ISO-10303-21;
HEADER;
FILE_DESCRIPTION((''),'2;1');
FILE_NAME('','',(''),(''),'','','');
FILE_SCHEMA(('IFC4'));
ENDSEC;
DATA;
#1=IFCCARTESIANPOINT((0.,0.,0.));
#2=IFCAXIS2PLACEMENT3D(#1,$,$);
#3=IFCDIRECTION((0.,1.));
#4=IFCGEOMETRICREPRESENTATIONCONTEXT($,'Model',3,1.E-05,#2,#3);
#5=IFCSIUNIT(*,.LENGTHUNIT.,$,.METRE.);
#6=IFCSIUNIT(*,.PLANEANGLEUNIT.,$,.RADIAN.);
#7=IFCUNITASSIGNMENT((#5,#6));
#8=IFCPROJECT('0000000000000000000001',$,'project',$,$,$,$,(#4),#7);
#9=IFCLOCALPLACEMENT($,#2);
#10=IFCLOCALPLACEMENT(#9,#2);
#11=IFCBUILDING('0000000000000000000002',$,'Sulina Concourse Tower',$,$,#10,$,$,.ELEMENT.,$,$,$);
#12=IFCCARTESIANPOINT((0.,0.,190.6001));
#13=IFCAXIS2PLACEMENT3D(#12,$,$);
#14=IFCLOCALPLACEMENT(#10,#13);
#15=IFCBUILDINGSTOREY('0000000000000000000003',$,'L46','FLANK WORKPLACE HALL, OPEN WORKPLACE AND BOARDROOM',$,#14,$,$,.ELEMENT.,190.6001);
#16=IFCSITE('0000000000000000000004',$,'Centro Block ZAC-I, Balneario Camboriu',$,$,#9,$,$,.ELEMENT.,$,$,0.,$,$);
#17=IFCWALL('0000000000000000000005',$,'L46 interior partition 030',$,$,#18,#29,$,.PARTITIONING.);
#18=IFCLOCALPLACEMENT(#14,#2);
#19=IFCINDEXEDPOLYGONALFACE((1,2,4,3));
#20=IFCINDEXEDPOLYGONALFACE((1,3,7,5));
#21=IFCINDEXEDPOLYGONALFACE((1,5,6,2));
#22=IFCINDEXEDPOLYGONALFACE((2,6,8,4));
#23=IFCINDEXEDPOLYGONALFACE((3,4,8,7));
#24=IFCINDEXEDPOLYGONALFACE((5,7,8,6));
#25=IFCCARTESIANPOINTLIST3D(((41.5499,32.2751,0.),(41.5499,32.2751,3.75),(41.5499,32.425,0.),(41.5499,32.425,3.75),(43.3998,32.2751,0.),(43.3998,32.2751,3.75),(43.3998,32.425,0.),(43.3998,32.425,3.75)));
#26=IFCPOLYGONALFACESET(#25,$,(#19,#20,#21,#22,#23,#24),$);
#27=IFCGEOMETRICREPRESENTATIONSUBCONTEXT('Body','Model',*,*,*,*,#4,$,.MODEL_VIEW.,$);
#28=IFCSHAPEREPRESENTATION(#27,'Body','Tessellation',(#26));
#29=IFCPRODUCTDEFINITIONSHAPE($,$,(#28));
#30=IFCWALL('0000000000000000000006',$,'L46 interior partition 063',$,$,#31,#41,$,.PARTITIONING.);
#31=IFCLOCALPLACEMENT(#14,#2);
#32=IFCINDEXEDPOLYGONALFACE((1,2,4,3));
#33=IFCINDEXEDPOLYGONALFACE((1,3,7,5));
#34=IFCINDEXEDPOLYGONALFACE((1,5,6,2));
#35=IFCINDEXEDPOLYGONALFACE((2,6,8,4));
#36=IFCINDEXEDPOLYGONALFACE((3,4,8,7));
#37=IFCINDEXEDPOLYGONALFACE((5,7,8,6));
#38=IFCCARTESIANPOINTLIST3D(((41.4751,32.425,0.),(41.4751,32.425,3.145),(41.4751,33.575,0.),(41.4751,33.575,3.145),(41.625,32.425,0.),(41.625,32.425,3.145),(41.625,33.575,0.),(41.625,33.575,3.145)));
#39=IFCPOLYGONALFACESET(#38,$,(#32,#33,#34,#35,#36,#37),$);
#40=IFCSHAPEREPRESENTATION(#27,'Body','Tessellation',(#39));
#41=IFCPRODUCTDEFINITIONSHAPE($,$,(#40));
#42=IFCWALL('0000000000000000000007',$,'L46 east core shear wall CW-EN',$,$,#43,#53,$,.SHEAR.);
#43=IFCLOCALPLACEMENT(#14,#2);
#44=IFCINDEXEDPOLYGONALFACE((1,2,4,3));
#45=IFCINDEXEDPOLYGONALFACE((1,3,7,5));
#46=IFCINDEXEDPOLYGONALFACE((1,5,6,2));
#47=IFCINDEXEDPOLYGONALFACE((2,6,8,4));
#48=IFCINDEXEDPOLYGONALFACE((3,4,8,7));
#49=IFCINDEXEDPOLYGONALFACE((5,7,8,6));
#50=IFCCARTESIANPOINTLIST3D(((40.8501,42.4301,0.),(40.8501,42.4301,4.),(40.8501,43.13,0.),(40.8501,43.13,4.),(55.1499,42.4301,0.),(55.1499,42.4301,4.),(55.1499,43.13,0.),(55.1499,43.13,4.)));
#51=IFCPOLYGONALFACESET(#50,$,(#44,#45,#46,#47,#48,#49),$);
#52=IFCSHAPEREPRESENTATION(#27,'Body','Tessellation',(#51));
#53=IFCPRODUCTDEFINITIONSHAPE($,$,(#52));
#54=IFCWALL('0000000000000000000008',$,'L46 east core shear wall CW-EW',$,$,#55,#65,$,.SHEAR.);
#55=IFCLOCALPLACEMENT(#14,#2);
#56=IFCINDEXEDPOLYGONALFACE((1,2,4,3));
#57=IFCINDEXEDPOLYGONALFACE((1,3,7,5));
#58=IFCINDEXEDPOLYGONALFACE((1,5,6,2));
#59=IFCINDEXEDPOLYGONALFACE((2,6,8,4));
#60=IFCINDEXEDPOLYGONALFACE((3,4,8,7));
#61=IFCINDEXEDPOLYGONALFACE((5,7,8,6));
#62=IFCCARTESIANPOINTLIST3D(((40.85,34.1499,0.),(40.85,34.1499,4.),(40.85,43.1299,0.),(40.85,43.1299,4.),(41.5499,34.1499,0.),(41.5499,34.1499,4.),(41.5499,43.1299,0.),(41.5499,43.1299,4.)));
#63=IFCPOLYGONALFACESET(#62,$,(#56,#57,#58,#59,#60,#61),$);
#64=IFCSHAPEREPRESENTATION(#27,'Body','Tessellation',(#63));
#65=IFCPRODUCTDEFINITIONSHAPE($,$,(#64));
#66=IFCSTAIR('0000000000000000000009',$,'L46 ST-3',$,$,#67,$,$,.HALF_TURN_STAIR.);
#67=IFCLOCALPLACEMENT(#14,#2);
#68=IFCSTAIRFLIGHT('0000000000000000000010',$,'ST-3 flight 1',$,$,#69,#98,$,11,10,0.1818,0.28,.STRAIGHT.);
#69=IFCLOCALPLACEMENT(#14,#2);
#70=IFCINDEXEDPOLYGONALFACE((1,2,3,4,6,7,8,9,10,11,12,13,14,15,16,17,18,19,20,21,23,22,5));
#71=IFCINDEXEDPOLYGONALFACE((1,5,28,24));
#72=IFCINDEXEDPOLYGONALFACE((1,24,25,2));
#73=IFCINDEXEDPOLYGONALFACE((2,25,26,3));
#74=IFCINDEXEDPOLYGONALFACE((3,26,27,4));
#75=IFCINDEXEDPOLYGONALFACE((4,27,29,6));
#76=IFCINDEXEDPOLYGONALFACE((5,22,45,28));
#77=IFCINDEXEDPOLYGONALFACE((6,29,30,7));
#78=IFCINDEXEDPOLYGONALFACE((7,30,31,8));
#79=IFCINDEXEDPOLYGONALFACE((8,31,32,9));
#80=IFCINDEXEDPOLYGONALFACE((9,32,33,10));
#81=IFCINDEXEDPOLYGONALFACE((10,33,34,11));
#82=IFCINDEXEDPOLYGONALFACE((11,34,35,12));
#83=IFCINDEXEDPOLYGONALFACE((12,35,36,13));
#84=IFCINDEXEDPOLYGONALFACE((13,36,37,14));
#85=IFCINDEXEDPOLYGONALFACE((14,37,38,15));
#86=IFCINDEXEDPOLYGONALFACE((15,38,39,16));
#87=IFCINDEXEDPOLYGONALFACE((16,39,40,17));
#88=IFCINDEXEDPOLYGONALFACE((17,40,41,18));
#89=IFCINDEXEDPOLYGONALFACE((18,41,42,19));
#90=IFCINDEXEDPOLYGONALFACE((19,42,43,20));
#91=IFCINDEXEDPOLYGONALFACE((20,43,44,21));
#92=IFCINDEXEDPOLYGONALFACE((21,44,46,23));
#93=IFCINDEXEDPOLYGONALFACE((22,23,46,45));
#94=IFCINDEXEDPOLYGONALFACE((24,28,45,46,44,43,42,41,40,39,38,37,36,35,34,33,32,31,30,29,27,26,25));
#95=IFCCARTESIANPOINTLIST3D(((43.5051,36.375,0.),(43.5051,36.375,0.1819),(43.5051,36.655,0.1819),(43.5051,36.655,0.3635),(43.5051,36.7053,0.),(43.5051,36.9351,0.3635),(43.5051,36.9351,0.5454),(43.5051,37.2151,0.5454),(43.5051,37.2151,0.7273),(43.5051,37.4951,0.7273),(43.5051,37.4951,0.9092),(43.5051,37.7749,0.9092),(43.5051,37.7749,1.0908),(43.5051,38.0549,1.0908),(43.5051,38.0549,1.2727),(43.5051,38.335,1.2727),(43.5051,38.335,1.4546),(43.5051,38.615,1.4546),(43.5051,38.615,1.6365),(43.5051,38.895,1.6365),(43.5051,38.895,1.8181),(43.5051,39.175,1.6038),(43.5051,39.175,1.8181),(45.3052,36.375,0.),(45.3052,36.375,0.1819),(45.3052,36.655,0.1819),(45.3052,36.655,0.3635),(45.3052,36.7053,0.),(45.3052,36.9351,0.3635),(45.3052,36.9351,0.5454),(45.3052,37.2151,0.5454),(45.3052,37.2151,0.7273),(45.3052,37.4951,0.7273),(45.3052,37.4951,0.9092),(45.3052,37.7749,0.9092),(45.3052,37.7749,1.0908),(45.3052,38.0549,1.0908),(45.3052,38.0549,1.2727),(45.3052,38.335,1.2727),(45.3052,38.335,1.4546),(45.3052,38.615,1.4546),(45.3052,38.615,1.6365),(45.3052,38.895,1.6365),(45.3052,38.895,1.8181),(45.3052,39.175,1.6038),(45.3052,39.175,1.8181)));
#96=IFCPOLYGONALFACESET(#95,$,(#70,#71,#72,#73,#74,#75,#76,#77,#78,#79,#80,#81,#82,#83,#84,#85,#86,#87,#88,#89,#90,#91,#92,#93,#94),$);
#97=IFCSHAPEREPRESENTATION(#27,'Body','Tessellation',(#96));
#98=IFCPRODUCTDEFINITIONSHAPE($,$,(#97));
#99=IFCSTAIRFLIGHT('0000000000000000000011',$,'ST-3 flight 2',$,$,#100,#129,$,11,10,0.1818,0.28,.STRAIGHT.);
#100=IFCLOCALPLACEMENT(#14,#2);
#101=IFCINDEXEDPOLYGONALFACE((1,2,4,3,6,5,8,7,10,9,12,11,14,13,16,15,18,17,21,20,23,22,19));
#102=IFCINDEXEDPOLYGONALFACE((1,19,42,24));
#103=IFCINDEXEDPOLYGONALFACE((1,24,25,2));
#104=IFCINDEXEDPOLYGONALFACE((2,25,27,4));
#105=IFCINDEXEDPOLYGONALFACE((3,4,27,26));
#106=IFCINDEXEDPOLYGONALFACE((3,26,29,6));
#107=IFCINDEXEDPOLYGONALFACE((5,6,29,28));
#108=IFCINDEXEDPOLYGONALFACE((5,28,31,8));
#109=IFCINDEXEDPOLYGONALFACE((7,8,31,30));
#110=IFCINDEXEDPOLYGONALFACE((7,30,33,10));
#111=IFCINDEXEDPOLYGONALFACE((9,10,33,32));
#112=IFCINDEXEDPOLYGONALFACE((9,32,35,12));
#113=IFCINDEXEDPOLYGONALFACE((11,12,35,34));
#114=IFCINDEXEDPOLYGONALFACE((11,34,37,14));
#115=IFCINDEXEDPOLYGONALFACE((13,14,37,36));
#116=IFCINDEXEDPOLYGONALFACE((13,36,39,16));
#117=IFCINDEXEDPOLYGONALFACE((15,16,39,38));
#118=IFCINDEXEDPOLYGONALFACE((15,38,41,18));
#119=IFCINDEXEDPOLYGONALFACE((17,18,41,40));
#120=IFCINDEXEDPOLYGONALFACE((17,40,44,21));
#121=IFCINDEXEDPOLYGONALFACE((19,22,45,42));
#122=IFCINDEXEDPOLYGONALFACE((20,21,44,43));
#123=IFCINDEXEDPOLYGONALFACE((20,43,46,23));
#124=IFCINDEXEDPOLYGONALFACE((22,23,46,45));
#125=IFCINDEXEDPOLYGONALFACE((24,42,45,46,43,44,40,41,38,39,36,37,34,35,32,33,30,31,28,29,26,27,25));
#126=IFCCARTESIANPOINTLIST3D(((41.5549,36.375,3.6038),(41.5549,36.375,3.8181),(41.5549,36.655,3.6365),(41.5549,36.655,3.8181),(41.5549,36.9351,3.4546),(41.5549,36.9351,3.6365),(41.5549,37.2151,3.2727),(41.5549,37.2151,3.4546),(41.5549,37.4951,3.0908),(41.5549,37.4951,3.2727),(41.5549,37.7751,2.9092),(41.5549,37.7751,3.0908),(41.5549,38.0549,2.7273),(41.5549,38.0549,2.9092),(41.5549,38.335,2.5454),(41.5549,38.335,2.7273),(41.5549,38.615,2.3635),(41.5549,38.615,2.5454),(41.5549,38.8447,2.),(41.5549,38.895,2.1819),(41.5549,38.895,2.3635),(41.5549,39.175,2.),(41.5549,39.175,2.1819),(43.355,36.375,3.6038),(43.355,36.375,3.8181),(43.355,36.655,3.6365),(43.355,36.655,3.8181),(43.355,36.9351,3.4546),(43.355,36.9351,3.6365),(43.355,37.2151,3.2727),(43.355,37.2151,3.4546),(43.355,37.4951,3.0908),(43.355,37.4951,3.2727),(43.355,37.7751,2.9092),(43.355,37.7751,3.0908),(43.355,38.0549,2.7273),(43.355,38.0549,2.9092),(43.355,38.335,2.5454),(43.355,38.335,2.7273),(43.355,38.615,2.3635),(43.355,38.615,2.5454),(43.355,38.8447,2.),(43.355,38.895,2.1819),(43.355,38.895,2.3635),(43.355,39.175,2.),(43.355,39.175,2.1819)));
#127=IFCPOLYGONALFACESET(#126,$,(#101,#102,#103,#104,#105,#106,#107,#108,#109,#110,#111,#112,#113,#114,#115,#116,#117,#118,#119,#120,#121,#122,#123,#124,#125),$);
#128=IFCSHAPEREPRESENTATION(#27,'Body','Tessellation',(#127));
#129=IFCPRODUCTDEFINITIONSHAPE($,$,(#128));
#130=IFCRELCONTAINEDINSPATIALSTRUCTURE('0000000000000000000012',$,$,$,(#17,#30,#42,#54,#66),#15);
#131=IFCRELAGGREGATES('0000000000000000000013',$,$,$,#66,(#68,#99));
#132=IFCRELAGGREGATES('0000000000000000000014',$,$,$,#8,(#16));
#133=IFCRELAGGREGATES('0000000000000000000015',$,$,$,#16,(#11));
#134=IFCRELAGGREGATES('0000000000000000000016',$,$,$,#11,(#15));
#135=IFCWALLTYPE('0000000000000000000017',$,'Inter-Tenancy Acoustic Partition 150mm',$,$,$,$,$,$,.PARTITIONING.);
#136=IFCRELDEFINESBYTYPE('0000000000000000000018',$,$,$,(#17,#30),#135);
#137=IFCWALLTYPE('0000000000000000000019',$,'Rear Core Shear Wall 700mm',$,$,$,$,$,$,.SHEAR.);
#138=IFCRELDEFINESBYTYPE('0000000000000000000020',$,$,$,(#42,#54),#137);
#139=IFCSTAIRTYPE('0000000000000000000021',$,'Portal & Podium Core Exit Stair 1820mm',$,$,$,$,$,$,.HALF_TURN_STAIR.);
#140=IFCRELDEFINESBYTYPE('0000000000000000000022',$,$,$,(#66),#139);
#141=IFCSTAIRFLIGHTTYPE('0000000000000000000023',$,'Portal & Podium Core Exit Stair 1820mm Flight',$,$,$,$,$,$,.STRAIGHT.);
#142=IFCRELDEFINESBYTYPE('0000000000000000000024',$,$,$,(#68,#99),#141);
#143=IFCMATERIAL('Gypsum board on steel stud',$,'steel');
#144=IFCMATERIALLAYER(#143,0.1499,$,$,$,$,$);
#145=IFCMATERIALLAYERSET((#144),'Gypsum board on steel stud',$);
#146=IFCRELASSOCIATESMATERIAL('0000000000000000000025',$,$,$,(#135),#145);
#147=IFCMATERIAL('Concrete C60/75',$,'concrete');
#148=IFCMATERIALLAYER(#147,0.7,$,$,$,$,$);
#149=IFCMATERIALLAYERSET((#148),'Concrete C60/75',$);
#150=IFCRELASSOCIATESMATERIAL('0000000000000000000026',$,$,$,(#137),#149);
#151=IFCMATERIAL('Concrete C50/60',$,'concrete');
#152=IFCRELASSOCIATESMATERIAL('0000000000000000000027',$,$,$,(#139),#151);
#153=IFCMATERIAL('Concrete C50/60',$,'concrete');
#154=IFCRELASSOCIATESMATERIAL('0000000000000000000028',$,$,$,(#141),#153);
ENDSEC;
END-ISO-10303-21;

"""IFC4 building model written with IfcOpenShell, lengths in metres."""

from ifc_helpers import new_model, si_unit, direction, frame, frame_2d, origin, place, context, subcontext, project, spatial, polyline, rectangle, outline, extrude, material, layer, layer_set, type_object, element, aggregate, save


model = new_model("IFC4")

# Units and contexts
model_context = context("Model", 3, precision=1e-05, world=origin(), true_north=direction((0.0, 1.0)))
body_context = subcontext(model_context, "Body", "Model", "MODEL_VIEW")
ifc_project = project(units=[si_unit("LENGTHUNIT", "METRE"), si_unit("PLANEANGLEUNIT", "RADIAN")], contexts=[model_context])

# Site, building, storey
site_placement = place(None, origin())
site = spatial("IfcSite", under=ifc_project, at=site_placement, Name="Centro Block ZAC-I, Balneario Camboriu", CompositionType="ELEMENT", RefElevation=0.0)
building_placement = place(site_placement, origin())
building = spatial("IfcBuilding", under=site, at=building_placement, Name="Sulina Concourse Tower", CompositionType="ELEMENT")
storey_placement = place(building_placement, frame((0.0, 0.0, 190.6001)))
storey = spatial("IfcBuildingStorey", under=building, at=storey_placement, Name="L46", Description="FLANK WORKPLACE HALL, OPEN WORKPLACE AND BOARDROOM", CompositionType="ELEMENT", Elevation=190.6001)

# Walls
ifc_material_1 = material(Name="Gypsum board on steel stud", Category="steel")
ifc_layer_1 = layer(ifc_material_1, 0.1499)
ifc_layer_set_1 = layer_set([ifc_layer_1], Name="Gypsum board on steel stud")
wall_type_1 = type_object("IfcWallType", Name="Inter-Tenancy Acoustic Partition 150mm", PredefinedType="PARTITIONING", material=ifc_layer_set_1)
wall_1_placement = place(storey_placement, frame((41.55, 32.3501, 0.0), z_axis=(0.0, 0.0, 1.0), x_axis=(1.0, 0.0, 0.0)))
element("IfcWall", 1, at=wall_1_placement, inside=storey, type_object=wall_type_1, Name="L46 interior partition 030", PredefinedType="PARTITIONING", context=body_context, shape_type="SweptSolid", body=[
    extrude(rectangle(XDim=1.8499, YDim=0.1499, at=frame_2d((0.9248, 0.0))), origin(), (0.0, 0.0, 1.0), 3.75),
])
wall_2_placement = place(storey_placement, frame((41.55, 32.425, 0.0), z_axis=(0.0, 0.0, 1.0), x_axis=(0.0, 1.0, 0.0)))
element("IfcWall", 2, at=wall_2_placement, inside=storey, type_object=wall_type_1, Name="L46 interior partition 063", PredefinedType="PARTITIONING", context=body_context, shape_type="SweptSolid", body=[
    extrude(rectangle(XDim=1.1499, YDim=0.1499, at=frame_2d((0.575, 0.0))), origin(), (0.0, 0.0, 1.0), 3.145),
])
ifc_material_2 = material(Name="Concrete C60/75", Category="concrete")
ifc_layer_2 = layer(ifc_material_2, 0.7)
ifc_layer_set_2 = layer_set([ifc_layer_2], Name="Concrete C60/75")
wall_type_2 = type_object("IfcWallType", Name="Rear Core Shear Wall 700mm", PredefinedType="SHEAR", material=ifc_layer_set_2)
wall_3_placement = place(storey_placement, frame((40.8501, 42.78, 0.0), z_axis=(0.0, 0.0, 1.0), x_axis=(1.0, 0.0, 0.0)))
element("IfcWall", 3, at=wall_3_placement, inside=storey, type_object=wall_type_2, Name="L46 east core shear wall CW-EN", PredefinedType="SHEAR", context=body_context, shape_type="SweptSolid", body=[
    extrude(rectangle(XDim=14.2998, YDim=0.7, at=frame_2d((7.1499, 0.0))), origin(), (0.0, 0.0, 1.0), 4.0),
])
wall_4_placement = place(storey_placement, frame((41.2, 34.1499, 0.0), z_axis=(0.0, 0.0, 1.0), x_axis=(0.0, 1.0, 0.0)))
element("IfcWall", 4, at=wall_4_placement, inside=storey, type_object=wall_type_2, Name="L46 east core shear wall CW-EW", PredefinedType="SHEAR", context=body_context, shape_type="SweptSolid", body=[
    extrude(rectangle(XDim=8.98, YDim=0.7, at=frame_2d((4.49, 0.0))), origin(), (0.0, 0.0, 1.0), 4.0),
])

# Stair, stair flights
ifc_material_3 = material(Name="Concrete C50/60", Category="concrete")
stair_type = type_object("IfcStairType", Name="Portal & Podium Core Exit Stair 1820mm", PredefinedType="HALF_TURN_STAIR", material=ifc_material_3)
stair_placement = place(storey_placement, origin())
stair = element("IfcStair", 5, at=stair_placement, inside=storey, type_object=stair_type, Name="L46 ST-3", PredefinedType="HALF_TURN_STAIR")
ifc_material_4 = material(Name="Concrete C50/60", Category="concrete")
stair_flight_type = type_object("IfcStairFlightType", Name="Portal & Podium Core Exit Stair 1820mm Flight", PredefinedType="STRAIGHT", material=ifc_material_4)
stair_flight_1_placement = place(storey_placement, frame((44.405, 36.375, 0.0), z_axis=(0.0, 0.0, 1.0), x_axis=(0.0, 1.0, 0.0)))
stair_flight_1 = element("IfcStairFlight", 6, at=stair_flight_1_placement, type_object=stair_flight_type, Name="ST-3 flight 1", NumberOfRisers=11, NumberOfTreads=10, PredefinedType="STRAIGHT", RiserHeight=0.1818, TreadLength=0.28, context=body_context, shape_type="SweptSolid", body=[
    extrude(outline(polyline([(0.0, 0.0), (0.0, 0.1819), (0.28, 0.1819), (0.28, 0.3635), (0.5601, 0.3635), (0.5601, 0.5454), (0.8401, 0.5454), (0.8401, 0.7273), (1.1201, 0.7273), (1.1201, 0.9092), (1.3999, 0.9092), (1.3999, 1.0908), (1.6799, 1.0908), (1.6799, 1.2727), (1.96, 1.2727), (1.96, 1.4546), (2.24, 1.4546), (2.24, 1.6365), (2.52, 1.6365), (2.52, 1.8181), (2.8, 1.8181), (2.8, 2.0), (2.8, 1.6038), (0.3303, 0.0), (0.0, 0.0)])), frame((0.0, 0.8999, 0.0), z_axis=(0.0, -1.0, 0.0), x_axis=(1.0, 0.0, 0.0)), (0.0, 0.0, 1.0), 1.8),
])
stair_flight_2_placement = place(storey_placement, frame((42.4551, 39.175, 2.0), z_axis=(0.0, 0.0, 1.0), x_axis=(0.0, -1.0, 0.0)))
stair_flight_2 = element("IfcStairFlight", 7, at=stair_flight_2_placement, type_object=stair_flight_type, Name="ST-3 flight 2", NumberOfRisers=11, NumberOfTreads=10, PredefinedType="STRAIGHT", RiserHeight=0.1818, TreadLength=0.28, context=body_context, shape_type="SweptSolid", body=[
    extrude(outline(polyline([(0.0, 0.0), (0.0, 0.1819), (0.28, 0.1819), (0.28, 0.3635), (0.5601, 0.3635), (0.5601, 0.5454), (0.8401, 0.5454), (0.8401, 0.7273), (1.1201, 0.7273), (1.1201, 0.9092), (1.3999, 0.9092), (1.3999, 1.0908), (1.6799, 1.0908), (1.6799, 1.2727), (1.96, 1.2727), (1.96, 1.4546), (2.24, 1.4546), (2.24, 1.6365), (2.52, 1.6365), (2.52, 1.8181), (2.8, 1.8181), (2.8, 2.0), (2.8, 1.6038), (0.3303, 0.0), (0.0, 0.0)])), frame((0.0, 0.8999, 0.0), z_axis=(0.0, -1.0, 0.0), x_axis=(1.0, 0.0, 0.0)), (0.0, 0.0, 1.0), 1.8),
])
aggregate(stair, [stair_flight_1, stair_flight_2])

save(model, "model.ifc")
